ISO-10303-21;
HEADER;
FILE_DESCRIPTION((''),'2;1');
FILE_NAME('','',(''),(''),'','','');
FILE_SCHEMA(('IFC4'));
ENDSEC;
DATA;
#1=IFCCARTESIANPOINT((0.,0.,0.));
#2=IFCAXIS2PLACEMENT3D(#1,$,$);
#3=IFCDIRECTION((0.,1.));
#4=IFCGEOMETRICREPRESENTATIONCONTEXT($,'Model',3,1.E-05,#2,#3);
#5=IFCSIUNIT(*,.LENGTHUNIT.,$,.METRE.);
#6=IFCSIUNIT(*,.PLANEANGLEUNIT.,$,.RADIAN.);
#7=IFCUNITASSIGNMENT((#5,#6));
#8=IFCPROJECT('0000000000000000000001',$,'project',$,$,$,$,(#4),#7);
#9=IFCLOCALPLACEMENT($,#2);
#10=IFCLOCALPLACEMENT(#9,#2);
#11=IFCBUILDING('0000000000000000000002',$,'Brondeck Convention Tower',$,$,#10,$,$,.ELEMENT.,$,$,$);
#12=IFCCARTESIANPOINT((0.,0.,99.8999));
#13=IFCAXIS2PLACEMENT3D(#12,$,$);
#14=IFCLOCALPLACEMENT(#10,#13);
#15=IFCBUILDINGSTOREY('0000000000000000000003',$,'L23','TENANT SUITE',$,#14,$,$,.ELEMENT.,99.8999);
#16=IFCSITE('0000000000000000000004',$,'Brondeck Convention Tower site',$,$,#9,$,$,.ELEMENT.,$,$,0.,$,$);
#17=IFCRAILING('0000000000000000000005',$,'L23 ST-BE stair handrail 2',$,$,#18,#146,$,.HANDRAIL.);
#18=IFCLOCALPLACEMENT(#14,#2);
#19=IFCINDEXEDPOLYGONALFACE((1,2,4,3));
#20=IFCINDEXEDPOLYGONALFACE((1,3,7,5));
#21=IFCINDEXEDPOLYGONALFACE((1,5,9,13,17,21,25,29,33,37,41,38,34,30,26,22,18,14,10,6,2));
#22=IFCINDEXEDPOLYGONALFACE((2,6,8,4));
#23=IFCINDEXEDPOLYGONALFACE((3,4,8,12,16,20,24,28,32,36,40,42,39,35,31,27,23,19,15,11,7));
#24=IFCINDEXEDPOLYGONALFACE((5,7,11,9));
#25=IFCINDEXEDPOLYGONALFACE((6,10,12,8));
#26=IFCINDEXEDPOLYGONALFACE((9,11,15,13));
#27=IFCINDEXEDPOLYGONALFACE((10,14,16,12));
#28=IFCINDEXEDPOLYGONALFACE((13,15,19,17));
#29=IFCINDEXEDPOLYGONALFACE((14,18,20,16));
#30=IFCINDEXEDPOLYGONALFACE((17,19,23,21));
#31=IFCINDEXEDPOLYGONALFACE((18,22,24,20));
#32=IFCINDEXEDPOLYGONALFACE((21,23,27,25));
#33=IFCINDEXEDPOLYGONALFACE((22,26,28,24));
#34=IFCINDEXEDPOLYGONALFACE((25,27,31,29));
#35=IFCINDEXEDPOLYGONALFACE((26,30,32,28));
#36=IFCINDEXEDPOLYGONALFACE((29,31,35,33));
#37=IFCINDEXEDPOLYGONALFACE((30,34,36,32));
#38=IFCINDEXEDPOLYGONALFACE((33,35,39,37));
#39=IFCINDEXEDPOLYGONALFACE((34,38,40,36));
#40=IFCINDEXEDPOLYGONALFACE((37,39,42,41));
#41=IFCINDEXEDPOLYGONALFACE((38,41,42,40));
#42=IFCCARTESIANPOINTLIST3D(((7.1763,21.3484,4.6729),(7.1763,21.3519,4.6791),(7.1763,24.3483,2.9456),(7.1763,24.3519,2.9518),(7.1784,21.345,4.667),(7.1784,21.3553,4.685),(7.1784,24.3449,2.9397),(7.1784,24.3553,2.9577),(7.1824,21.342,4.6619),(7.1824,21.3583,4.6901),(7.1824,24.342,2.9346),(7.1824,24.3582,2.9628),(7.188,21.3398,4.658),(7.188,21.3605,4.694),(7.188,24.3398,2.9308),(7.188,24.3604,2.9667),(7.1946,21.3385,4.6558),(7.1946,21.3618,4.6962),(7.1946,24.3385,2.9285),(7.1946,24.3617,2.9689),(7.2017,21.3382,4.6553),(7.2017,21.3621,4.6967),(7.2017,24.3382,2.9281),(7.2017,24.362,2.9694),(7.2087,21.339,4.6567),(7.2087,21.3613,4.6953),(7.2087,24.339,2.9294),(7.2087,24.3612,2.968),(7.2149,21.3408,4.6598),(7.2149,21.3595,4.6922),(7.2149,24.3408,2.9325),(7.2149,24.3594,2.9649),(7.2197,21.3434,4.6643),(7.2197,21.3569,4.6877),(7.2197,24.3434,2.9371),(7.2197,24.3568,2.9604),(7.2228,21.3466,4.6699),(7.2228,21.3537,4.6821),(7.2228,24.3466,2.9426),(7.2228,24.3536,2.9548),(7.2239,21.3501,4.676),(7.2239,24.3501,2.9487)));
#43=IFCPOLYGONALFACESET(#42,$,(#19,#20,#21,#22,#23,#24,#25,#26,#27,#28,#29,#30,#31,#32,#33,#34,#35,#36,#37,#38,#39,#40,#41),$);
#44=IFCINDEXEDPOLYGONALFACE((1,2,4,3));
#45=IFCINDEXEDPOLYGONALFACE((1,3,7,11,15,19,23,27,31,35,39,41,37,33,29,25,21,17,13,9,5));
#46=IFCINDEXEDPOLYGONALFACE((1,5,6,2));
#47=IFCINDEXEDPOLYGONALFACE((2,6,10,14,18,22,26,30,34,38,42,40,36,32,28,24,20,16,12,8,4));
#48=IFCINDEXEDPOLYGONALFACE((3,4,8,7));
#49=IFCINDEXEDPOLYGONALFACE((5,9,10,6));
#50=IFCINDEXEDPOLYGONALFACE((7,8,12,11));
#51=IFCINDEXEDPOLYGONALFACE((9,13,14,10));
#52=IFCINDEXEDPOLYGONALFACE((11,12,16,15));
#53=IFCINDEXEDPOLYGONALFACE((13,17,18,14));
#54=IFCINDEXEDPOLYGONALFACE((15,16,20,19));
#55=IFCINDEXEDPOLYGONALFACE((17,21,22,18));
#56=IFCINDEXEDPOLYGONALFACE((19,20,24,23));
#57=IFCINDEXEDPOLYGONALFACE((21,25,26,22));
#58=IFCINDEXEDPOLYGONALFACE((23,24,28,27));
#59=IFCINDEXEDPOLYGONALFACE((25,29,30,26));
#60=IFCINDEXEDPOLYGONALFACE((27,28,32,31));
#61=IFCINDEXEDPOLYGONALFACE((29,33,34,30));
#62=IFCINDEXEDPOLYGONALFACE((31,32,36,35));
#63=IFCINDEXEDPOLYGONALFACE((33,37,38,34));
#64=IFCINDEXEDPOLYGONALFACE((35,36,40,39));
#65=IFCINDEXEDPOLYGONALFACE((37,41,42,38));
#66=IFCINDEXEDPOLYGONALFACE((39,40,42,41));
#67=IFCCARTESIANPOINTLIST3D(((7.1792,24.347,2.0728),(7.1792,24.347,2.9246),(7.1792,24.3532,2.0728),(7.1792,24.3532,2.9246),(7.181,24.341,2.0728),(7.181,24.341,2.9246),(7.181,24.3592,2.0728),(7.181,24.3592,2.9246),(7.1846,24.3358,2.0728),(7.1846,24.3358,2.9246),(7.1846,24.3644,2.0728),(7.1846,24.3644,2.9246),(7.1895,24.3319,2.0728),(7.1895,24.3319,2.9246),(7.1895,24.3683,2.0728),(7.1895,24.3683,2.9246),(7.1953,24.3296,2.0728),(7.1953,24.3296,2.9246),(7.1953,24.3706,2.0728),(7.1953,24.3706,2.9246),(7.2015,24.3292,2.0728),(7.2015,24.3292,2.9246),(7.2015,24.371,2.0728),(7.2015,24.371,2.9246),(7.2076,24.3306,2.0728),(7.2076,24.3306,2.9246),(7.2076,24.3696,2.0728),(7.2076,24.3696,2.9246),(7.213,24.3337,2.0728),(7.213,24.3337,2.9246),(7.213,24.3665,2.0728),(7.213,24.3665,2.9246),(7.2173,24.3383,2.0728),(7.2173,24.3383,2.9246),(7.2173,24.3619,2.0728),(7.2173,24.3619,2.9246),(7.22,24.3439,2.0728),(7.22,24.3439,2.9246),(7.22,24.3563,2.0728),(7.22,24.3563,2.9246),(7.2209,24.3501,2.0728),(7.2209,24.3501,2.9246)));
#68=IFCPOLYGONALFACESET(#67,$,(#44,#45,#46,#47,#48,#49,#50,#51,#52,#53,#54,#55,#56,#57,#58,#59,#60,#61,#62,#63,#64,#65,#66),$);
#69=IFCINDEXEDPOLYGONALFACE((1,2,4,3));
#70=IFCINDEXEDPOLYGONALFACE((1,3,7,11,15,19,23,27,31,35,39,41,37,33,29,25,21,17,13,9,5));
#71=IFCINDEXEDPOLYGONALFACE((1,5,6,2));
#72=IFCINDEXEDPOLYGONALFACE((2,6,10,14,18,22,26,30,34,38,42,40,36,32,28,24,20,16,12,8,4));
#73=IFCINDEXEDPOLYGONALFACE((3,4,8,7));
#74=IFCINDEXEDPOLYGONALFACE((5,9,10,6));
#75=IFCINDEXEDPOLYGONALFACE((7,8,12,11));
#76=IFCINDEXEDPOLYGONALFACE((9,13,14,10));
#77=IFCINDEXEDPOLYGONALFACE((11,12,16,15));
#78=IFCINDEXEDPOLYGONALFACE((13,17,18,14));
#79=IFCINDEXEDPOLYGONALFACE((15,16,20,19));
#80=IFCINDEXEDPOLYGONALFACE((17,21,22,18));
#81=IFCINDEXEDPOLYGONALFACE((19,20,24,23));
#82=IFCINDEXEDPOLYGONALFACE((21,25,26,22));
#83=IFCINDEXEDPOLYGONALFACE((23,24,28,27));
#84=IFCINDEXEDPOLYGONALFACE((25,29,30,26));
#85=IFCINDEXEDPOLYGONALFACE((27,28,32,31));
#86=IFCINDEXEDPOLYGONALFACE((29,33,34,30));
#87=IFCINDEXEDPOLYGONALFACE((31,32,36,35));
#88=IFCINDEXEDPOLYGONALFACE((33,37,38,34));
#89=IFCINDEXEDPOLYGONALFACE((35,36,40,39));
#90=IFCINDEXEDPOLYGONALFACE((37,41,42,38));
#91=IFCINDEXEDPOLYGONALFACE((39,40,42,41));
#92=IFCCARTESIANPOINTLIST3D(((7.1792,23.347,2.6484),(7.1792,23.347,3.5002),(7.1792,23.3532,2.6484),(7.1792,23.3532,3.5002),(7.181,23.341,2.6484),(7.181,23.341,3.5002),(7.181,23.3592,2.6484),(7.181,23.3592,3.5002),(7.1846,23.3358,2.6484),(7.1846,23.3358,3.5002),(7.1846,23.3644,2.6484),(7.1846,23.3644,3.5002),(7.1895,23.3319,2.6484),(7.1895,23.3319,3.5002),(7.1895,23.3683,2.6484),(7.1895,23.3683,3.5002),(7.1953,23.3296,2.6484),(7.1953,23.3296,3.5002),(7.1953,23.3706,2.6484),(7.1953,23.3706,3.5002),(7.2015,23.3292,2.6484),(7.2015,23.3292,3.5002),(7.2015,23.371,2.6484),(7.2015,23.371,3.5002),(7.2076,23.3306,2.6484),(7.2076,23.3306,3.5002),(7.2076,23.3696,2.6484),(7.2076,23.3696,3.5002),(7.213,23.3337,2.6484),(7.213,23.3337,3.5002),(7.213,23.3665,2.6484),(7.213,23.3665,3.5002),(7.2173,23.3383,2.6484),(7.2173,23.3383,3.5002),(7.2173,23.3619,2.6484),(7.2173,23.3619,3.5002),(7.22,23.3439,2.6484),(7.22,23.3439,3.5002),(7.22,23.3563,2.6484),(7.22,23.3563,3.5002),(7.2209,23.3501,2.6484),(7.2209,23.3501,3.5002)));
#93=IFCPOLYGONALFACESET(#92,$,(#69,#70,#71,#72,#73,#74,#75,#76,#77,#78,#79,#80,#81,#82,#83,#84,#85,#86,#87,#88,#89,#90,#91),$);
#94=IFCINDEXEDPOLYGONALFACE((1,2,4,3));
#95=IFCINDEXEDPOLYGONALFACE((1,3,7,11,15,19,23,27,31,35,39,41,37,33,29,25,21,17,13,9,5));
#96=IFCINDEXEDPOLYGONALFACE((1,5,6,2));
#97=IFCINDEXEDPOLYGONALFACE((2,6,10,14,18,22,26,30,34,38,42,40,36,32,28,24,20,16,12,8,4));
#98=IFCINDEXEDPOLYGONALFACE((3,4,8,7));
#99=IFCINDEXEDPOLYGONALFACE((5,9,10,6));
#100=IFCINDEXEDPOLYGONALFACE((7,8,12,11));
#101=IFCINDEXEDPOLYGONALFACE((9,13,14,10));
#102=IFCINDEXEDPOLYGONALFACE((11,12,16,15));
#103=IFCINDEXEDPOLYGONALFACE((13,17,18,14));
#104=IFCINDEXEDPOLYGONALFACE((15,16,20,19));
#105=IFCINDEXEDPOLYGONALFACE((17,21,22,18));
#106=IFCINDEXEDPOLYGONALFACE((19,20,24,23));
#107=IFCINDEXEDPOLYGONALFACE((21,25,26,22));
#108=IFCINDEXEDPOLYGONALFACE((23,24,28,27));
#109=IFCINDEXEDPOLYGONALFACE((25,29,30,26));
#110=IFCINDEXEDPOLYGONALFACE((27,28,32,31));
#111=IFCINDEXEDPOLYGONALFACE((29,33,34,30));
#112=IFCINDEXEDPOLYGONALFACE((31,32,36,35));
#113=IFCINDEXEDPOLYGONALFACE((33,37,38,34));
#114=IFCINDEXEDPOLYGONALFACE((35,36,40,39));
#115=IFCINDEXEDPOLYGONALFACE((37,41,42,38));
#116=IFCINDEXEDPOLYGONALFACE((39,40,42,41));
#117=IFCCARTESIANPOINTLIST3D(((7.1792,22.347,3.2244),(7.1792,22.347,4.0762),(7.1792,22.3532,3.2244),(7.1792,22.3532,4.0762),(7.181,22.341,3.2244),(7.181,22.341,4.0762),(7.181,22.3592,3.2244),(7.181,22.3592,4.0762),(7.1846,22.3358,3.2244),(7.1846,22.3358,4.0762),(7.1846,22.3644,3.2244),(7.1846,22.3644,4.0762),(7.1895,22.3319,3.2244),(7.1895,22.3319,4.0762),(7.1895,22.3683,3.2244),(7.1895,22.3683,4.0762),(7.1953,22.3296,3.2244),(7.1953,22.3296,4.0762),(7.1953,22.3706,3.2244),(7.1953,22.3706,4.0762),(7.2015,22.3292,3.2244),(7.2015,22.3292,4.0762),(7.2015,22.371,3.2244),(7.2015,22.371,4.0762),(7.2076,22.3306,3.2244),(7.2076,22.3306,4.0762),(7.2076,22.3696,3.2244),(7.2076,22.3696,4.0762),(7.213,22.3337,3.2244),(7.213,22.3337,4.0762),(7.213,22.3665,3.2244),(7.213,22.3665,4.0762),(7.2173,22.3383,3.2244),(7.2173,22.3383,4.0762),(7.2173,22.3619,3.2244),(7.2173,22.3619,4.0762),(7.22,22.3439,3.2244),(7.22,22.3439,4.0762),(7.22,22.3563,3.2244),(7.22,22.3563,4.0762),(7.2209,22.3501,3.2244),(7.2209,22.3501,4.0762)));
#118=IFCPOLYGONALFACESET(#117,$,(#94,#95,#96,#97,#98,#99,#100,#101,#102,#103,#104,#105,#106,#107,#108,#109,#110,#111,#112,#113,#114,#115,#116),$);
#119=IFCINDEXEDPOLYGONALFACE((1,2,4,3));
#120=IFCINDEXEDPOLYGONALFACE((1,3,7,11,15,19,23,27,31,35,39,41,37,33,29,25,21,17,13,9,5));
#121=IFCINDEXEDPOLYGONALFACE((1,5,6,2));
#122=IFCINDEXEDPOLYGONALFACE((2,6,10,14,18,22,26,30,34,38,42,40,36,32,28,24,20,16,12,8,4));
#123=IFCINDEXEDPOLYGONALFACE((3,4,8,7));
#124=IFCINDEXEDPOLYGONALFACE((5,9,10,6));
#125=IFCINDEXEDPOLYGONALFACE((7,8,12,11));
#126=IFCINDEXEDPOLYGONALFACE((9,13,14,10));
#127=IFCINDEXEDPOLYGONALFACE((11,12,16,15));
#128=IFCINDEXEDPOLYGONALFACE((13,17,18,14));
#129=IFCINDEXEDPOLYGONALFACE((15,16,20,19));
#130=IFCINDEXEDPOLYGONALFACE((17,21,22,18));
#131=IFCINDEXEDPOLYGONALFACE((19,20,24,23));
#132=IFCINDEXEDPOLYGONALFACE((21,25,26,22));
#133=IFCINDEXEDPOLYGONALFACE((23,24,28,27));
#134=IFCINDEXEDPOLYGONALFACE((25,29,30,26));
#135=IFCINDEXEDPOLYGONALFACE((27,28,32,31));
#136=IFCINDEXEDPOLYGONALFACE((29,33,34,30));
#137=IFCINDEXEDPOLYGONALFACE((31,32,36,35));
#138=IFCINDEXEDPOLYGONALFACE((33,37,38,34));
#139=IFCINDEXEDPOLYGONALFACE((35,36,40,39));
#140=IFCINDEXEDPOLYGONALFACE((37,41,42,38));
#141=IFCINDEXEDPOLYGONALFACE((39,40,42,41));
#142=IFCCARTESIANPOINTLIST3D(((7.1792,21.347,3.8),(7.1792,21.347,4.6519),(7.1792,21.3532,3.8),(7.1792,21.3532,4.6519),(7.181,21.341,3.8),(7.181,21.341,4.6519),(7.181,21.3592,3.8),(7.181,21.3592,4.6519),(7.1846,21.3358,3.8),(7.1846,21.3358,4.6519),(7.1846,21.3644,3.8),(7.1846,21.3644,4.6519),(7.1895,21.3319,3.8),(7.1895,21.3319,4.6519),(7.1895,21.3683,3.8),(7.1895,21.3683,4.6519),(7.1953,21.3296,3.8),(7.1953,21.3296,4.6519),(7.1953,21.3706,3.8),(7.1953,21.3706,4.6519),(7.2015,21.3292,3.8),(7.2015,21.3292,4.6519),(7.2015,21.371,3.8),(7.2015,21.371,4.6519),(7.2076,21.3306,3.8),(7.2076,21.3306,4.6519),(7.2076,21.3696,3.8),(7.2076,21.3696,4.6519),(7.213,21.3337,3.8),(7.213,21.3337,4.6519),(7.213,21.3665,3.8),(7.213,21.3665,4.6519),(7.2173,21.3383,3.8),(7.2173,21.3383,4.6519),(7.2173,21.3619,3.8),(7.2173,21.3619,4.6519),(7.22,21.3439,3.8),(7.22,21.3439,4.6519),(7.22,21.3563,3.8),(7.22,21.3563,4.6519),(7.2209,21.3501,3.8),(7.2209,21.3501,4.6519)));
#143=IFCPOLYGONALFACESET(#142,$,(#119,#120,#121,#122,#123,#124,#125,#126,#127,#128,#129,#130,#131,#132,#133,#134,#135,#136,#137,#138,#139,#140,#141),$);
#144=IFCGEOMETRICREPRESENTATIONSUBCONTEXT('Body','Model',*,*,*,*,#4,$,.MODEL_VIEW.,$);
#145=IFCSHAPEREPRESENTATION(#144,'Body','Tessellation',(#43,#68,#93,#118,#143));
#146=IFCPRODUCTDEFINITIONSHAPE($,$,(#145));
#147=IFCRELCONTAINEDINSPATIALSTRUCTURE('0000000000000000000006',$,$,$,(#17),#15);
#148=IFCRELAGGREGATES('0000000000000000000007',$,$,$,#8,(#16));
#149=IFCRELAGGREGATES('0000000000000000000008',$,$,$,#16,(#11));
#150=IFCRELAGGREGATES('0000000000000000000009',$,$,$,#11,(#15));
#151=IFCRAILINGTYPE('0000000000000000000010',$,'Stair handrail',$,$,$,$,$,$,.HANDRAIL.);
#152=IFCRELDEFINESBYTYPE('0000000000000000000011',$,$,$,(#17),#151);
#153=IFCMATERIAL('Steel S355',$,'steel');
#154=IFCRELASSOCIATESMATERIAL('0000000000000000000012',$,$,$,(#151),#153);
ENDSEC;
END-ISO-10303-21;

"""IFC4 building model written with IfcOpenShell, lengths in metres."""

from ifc_helpers import new_model, si_unit, direction, frame, origin, origin_2d, place, context, subcontext, project, spatial, circle, extrude, material, type_object, element, save


model = new_model("IFC4")

# Units and contexts
model_context = context("Model", 3, precision=1e-05, world=origin(), true_north=direction((0.0, 1.0)))
body_context = subcontext(model_context, "Body", "Model", "MODEL_VIEW")
ifc_project = project(units=[si_unit("LENGTHUNIT", "METRE"), si_unit("PLANEANGLEUNIT", "RADIAN")], contexts=[model_context])

# Site, building, storey
site_placement = place(None, origin())
site = spatial("IfcSite", under=ifc_project, at=site_placement, Name="Brondeck Convention Tower site", CompositionType="ELEMENT", RefElevation=0.0)
building_placement = place(site_placement, origin())
building = spatial("IfcBuilding", under=site, at=building_placement, Name="Brondeck Convention Tower", CompositionType="ELEMENT")
storey_placement = place(building_placement, frame((0.0, 0.0, 99.8999)))
storey = spatial("IfcBuildingStorey", under=building, at=storey_placement, Name="L23", Description="TENANT SUITE", CompositionType="ELEMENT", Elevation=99.8999)

# Shared definitions
ifc_material_1 = material(Name="Steel S355", Category="steel")

# Railing
railing_type_1 = type_object("IfcRailingType", Name="Stair handrail", PredefinedType="HANDRAIL", material=ifc_material_1)
railing_1_placement = place(storey_placement, frame((7.2, 24.3501, 2.0728)))
element("IfcRailing", 1, at=railing_1_placement, inside=storey, type_object=railing_type_1, Name="L23 ST-BE stair handrail 2", PredefinedType="HANDRAIL", context=body_context, shape_type="SweptSolid", body=[
    extrude(circle(Radius=0.0239, at=origin_2d()), frame((0.0, 0.0, 0.876), z_axis=(0.0, -0.86662, 0.498969), x_axis=(1.0, 0.0, 0.0)), (0.0, 0.0, 1.0), 3.4617),
    extrude(circle(Radius=0.021, at=origin_2d()), origin(), (0.0, 0.0, 1.0), 0.8518),
    extrude(circle(Radius=0.021, at=origin_2d()), frame((0.0, -1.0, 0.5757)), (0.0, 0.0, 1.0), 0.8518),
    extrude(circle(Radius=0.021, at=origin_2d()), frame((0.0, -2.0, 1.1516)), (0.0, 0.0, 1.0), 0.8518),
    extrude(circle(Radius=0.021, at=origin_2d()), frame((0.0, -3.0, 1.7273)), (0.0, 0.0, 1.0), 0.8518),
])

save(model, "model.ifc")
